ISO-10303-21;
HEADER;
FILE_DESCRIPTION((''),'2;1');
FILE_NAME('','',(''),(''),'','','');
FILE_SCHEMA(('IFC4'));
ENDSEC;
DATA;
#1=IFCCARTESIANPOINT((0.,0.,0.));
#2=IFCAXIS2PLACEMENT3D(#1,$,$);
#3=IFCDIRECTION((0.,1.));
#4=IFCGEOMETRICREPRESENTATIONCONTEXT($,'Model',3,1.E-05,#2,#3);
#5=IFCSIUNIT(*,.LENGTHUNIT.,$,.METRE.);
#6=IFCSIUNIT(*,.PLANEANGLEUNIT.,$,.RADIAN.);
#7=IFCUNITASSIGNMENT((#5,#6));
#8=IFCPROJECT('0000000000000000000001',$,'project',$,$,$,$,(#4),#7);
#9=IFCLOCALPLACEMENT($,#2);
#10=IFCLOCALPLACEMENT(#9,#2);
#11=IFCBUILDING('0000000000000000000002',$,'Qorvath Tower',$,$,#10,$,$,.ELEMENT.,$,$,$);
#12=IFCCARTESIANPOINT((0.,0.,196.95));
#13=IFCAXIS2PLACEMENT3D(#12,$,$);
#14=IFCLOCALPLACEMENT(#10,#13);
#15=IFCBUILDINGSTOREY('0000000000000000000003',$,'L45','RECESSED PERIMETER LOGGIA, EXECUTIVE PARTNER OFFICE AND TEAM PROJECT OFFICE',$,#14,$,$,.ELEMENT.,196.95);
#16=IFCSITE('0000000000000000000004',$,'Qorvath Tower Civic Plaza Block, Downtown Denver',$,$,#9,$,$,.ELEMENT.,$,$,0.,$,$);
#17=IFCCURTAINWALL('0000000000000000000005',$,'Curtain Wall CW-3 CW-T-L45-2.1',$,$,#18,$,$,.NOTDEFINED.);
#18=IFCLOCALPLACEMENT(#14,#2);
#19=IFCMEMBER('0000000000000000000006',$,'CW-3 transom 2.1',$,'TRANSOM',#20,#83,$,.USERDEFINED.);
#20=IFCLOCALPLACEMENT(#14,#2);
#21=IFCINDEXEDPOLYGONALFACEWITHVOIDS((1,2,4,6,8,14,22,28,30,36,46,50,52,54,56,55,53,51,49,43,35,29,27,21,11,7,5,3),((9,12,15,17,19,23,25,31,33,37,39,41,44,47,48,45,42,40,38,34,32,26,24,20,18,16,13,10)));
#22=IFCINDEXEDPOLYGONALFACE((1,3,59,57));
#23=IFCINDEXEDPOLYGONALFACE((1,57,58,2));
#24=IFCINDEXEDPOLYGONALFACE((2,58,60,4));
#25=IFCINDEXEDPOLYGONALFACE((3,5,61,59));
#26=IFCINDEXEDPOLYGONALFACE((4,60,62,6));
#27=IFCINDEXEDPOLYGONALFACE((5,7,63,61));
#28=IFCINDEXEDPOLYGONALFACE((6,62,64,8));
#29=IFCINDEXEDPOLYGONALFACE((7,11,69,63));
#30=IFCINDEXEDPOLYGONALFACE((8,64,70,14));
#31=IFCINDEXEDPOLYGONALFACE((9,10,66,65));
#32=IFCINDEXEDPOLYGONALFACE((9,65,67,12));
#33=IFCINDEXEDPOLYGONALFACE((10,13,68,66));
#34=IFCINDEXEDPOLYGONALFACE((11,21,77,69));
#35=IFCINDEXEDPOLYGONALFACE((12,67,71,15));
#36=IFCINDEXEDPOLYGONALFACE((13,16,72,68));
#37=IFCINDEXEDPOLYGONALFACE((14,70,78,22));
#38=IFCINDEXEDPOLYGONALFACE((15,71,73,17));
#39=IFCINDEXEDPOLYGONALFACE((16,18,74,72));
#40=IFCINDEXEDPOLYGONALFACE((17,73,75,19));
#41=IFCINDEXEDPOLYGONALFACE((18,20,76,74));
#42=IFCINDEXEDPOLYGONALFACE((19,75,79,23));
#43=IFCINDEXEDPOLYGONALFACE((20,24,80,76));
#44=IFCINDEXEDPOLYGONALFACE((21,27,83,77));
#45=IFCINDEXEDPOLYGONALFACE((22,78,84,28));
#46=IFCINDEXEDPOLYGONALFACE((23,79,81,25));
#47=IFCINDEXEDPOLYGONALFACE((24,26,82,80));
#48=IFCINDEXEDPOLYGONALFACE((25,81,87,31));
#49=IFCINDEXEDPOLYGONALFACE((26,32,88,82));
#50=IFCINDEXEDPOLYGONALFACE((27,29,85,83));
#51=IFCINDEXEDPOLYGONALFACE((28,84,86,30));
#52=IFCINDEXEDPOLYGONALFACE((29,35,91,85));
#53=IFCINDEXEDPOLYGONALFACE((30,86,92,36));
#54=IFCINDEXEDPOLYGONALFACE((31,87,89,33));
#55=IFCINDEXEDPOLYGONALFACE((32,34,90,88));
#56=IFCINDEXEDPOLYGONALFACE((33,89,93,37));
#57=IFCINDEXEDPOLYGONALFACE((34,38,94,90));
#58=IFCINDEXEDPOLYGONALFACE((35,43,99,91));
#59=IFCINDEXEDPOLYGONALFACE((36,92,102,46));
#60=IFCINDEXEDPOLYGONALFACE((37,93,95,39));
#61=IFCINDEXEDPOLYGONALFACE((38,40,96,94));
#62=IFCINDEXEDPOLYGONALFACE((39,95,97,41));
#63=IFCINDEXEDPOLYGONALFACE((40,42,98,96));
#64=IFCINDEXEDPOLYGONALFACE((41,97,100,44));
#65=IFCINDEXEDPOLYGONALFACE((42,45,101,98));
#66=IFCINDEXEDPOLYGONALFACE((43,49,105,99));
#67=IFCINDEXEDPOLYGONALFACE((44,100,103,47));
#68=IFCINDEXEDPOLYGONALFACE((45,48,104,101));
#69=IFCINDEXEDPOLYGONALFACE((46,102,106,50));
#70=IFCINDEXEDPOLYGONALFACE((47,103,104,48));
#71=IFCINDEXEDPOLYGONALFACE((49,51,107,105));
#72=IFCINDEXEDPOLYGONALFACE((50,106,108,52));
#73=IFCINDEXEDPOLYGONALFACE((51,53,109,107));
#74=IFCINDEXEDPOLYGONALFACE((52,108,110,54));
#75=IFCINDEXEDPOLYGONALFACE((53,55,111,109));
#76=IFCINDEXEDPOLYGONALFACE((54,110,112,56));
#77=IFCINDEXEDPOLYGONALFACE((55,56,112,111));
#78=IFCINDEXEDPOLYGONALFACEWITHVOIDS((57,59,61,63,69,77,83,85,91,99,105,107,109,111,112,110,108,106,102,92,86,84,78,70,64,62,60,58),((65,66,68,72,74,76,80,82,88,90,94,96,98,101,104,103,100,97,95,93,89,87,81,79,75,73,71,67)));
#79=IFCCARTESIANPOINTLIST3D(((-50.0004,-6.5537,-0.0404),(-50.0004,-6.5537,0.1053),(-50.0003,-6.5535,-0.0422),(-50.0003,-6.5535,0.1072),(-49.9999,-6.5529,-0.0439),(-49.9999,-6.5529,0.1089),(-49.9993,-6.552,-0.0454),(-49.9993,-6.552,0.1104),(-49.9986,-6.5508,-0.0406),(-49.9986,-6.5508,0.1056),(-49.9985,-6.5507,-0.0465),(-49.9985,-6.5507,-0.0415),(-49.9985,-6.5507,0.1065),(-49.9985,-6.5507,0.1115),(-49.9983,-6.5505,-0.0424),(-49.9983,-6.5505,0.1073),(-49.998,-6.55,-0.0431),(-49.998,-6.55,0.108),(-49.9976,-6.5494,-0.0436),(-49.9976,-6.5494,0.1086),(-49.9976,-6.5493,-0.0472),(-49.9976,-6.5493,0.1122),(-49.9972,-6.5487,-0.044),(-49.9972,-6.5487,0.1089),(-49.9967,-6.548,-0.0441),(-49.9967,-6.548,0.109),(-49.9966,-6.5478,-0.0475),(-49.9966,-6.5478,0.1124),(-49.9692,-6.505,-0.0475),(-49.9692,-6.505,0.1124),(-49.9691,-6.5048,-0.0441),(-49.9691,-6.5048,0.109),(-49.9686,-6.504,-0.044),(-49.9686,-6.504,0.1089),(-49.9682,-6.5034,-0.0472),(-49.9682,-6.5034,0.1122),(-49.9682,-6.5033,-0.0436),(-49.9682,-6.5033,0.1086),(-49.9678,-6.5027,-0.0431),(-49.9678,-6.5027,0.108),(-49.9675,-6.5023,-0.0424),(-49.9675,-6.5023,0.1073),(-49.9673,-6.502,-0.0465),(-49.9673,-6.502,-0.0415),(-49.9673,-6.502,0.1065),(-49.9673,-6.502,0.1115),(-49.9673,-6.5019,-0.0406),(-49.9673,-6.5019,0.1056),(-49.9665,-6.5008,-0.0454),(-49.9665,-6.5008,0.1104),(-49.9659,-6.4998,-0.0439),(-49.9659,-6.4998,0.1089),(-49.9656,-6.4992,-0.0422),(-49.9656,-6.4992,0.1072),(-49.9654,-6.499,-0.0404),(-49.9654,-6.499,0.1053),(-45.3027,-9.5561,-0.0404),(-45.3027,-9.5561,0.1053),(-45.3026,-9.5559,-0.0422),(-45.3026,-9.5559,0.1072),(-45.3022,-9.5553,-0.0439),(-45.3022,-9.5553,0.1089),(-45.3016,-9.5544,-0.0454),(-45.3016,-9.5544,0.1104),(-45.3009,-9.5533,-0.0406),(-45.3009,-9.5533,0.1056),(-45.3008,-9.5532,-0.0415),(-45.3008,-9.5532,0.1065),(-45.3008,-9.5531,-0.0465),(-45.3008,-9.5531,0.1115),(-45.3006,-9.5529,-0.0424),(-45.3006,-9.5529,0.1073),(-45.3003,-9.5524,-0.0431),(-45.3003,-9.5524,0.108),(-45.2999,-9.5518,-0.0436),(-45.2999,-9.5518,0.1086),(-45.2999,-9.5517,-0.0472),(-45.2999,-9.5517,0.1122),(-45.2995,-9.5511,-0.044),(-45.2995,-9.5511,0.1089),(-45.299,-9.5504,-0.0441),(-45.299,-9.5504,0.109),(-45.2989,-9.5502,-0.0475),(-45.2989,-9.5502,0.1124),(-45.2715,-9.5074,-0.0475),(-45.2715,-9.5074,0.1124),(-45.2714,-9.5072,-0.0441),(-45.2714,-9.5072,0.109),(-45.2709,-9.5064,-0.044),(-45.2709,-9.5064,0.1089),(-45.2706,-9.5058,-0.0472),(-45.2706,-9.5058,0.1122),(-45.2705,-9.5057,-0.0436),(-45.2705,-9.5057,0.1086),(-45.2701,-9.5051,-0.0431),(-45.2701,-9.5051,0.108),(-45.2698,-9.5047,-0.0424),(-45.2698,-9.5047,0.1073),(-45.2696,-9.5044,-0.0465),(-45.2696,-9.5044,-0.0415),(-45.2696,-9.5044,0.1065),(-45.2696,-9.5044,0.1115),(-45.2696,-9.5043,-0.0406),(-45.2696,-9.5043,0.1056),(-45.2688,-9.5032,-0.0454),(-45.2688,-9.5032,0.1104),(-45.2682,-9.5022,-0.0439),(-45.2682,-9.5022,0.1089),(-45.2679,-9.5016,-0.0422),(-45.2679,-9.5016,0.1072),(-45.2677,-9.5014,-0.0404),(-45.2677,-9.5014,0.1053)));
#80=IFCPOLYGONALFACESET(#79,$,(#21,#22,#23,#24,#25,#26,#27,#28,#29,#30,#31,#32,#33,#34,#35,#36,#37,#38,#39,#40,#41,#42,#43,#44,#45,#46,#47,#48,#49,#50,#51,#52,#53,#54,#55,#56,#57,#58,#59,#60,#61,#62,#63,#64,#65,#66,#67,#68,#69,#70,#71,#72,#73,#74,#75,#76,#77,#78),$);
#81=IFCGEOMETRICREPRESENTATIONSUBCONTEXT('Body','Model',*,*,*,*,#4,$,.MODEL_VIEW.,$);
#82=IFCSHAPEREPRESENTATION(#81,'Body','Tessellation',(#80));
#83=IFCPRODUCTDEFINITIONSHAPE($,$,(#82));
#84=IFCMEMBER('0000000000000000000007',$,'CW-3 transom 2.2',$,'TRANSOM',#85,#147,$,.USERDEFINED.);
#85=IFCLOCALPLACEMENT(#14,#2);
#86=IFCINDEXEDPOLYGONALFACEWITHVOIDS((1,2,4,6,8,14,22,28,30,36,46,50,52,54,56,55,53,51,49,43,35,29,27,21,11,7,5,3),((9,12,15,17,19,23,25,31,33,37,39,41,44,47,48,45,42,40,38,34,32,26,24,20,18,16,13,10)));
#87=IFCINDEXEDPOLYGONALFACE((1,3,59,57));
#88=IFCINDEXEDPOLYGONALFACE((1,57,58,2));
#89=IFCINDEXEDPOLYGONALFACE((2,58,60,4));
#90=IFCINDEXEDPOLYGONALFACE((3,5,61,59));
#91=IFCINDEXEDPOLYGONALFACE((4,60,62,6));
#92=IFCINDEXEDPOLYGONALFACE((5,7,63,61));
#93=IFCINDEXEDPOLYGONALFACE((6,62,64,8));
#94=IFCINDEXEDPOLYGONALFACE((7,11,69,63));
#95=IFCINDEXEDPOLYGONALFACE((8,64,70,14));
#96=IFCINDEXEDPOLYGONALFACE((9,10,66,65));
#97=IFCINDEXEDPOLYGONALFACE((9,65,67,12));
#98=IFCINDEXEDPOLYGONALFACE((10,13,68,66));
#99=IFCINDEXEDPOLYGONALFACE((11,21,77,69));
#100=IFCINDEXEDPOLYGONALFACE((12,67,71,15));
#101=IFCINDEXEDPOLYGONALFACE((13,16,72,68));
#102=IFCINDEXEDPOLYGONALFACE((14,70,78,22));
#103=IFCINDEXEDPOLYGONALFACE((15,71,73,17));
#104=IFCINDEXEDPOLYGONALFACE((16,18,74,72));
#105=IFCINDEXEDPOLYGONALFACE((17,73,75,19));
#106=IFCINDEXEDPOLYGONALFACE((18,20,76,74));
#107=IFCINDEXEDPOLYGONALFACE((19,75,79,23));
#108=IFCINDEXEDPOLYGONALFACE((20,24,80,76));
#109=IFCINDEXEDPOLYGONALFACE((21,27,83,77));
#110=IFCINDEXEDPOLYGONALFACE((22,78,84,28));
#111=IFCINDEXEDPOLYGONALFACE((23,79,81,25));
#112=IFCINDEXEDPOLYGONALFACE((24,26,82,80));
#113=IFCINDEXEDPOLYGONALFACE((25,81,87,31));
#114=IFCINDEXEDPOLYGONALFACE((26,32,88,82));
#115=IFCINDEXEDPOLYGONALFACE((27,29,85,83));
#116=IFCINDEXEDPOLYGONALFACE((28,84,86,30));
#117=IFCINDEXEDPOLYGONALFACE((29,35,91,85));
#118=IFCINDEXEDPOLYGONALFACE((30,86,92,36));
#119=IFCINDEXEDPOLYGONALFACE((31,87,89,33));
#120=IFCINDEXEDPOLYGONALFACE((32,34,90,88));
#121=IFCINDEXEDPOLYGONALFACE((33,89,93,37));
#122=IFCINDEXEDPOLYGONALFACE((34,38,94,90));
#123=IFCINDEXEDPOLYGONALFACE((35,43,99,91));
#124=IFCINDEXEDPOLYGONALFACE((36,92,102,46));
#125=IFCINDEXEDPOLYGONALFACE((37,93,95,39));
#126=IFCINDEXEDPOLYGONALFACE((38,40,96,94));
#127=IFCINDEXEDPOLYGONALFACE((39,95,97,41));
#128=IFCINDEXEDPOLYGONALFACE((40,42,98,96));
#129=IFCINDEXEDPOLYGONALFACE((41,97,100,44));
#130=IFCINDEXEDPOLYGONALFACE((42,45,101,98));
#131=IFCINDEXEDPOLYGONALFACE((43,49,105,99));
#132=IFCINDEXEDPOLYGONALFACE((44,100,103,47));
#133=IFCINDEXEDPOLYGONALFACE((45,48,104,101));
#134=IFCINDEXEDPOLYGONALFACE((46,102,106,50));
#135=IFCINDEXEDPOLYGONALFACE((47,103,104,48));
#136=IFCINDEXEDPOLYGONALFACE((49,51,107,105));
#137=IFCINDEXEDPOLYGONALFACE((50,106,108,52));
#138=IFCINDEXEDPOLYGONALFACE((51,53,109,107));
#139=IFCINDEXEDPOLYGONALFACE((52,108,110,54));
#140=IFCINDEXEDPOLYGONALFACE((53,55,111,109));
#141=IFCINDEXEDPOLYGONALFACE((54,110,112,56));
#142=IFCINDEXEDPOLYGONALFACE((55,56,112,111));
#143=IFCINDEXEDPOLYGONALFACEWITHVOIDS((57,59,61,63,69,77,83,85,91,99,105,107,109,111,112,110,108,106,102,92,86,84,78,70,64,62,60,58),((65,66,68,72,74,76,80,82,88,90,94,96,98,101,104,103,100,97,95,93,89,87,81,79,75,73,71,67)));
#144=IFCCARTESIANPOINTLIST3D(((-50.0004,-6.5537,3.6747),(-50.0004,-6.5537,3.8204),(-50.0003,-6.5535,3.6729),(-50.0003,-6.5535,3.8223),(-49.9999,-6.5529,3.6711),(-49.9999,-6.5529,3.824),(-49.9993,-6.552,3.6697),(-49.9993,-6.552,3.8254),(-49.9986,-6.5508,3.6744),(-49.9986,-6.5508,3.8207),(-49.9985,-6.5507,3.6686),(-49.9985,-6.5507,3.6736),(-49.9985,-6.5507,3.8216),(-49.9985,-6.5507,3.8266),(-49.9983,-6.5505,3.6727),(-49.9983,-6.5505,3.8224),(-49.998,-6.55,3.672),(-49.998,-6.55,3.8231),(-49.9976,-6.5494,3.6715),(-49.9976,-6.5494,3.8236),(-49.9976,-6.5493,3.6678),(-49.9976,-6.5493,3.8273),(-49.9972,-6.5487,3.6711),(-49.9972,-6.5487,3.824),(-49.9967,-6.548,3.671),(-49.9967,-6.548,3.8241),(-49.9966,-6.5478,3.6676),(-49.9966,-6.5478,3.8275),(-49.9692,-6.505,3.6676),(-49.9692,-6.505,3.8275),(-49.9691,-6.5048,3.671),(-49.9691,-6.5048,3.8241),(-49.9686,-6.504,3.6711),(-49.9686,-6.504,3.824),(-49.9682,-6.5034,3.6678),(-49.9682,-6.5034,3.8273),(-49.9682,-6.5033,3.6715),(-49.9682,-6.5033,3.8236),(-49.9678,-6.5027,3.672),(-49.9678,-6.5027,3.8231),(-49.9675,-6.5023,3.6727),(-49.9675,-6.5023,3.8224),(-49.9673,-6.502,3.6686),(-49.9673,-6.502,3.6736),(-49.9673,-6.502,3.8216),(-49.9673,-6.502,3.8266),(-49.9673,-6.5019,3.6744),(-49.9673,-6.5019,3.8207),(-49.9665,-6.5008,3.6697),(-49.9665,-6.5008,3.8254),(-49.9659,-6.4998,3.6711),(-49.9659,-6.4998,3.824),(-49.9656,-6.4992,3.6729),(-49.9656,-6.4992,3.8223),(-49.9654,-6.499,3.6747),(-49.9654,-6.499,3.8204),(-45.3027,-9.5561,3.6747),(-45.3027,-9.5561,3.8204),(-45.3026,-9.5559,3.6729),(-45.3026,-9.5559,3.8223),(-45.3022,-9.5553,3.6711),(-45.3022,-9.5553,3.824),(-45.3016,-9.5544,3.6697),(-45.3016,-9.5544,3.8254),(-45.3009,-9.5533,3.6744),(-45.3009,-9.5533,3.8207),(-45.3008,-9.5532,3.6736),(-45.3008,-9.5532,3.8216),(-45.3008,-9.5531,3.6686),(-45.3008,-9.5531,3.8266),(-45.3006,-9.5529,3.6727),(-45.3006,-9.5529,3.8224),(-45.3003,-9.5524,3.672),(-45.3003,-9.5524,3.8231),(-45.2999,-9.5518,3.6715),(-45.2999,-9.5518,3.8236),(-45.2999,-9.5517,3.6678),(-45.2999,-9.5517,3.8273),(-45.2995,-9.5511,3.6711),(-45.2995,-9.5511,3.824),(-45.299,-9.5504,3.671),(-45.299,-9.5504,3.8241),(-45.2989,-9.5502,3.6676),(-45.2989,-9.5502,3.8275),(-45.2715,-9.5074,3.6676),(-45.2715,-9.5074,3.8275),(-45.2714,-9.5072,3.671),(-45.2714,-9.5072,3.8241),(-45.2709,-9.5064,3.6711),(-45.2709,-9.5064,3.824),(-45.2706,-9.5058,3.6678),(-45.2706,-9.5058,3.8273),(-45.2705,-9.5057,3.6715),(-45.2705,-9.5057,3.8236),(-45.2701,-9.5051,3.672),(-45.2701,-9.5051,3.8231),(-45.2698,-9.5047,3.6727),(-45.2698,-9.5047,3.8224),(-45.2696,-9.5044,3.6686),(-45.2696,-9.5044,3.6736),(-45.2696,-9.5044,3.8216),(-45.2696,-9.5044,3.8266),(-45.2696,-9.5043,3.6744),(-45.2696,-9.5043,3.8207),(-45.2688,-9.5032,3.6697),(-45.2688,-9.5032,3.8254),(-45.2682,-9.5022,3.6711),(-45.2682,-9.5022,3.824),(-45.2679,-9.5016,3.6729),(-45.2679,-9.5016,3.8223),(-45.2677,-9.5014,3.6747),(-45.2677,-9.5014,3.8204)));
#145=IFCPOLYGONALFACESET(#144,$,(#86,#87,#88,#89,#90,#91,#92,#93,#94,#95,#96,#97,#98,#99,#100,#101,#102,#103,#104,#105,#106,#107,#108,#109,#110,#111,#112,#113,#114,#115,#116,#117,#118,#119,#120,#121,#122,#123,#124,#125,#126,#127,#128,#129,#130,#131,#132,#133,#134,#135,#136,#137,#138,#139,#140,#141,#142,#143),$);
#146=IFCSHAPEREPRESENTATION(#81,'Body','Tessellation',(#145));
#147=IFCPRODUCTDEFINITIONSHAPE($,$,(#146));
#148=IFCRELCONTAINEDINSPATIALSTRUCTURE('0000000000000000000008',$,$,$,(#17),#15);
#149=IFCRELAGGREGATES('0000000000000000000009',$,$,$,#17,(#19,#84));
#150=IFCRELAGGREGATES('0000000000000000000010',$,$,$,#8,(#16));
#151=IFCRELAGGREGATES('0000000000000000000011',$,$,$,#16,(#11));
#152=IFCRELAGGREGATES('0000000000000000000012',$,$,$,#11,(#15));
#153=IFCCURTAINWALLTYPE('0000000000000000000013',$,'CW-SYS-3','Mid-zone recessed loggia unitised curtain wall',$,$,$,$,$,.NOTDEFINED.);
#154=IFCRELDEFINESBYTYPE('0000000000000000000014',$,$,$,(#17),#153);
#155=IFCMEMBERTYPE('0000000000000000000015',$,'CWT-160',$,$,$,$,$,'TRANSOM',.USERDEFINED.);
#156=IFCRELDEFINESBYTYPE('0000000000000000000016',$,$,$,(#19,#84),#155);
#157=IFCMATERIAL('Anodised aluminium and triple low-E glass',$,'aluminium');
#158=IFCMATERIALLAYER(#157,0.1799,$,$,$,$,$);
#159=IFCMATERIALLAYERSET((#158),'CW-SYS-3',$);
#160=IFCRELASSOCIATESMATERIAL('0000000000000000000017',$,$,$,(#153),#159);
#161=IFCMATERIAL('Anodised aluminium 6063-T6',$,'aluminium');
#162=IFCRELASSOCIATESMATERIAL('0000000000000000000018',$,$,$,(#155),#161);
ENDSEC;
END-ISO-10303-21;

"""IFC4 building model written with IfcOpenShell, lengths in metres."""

from ifc_helpers import new_model, si_unit, direction, frame, origin, origin_2d, place, context, subcontext, project, spatial, hollow_rectangle, extrude, material, layer, layer_set, material_profile, profile_set, type_object, element, aggregate, save


model = new_model("IFC4")

# Units and contexts
model_context = context("Model", 3, precision=1e-05, world=origin(), true_north=direction((0.0, 1.0)))
body_context = subcontext(model_context, "Body", "Model", "MODEL_VIEW")
ifc_project = project(units=[si_unit("LENGTHUNIT", "METRE"), si_unit("PLANEANGLEUNIT", "RADIAN")], contexts=[model_context])

# Site, building, storey
site_placement = place(None, origin())
site = spatial("IfcSite", under=ifc_project, at=site_placement, Name="Qorvath Tower Civic Plaza Block, Downtown Denver", CompositionType="ELEMENT", RefElevation=0.0)
building_placement = place(site_placement, origin())
building = spatial("IfcBuilding", under=site, at=building_placement, Name="Qorvath Tower", CompositionType="ELEMENT")
storey_placement = place(building_placement, frame((0.0, 0.0, 196.95)))
storey = spatial("IfcBuildingStorey", under=building, at=storey_placement, Name="L45", Description="RECESSED PERIMETER LOGGIA, EXECUTIVE PARTNER OFFICE AND TEAM PROJECT OFFICE", CompositionType="ELEMENT", Elevation=196.95)

# Curtain wall, members
ifc_material_1 = material(Name="Anodised aluminium and triple low-E glass", Category="aluminium")
ifc_layer_1 = layer(ifc_material_1, 0.1799)
ifc_layer_set_1 = layer_set([ifc_layer_1], Name="CW-SYS-3")
curtain_wall_type = type_object("IfcCurtainWallType", Name="CW-SYS-3", Description="Mid-zone recessed loggia unitised curtain wall", PredefinedType="NOTDEFINED", material=ifc_layer_set_1)
curtain_wall_placement = place(storey_placement, origin())
curtain_wall = element("IfcCurtainWall", 1, at=curtain_wall_placement, inside=storey, type_object=curtain_wall_type, Name="Curtain Wall CW-3 CW-T-L45-2.1", PredefinedType="NOTDEFINED")
ifc_material_2 = material(Name="Anodised aluminium 6063-T6", Category="aluminium")
ifc_material_profile_1 = material_profile(ifc_material_2, hollow_rectangle(XDim=0.0649, YDim=0.1599, WallThickness=0.0034, InnerFilletRadius=0.0034, OuterFilletRadius=0.0071, at=origin_2d()), Name="CWT 160x65")
ifc_profile_set_1 = profile_set([ifc_material_profile_1], Name="Anodised aluminium 6063-T6")
member_type_1 = type_object("IfcMemberType", Name="CWT-160", ElementType="TRANSOM", PredefinedType="USERDEFINED", material=ifc_profile_set_1)
member_1_placement = place(storey_placement, frame((-49.9829, -6.5264, 0.0325), z_axis=(0.842607, -0.538529, 0.0), x_axis=(0.538529, 0.842607, 0.0)))
member_1 = element("IfcMember", 2, at=member_1_placement, type_object=member_type_1, Name="CW-3 transom 2.1", ObjectType="TRANSOM", PredefinedType="USERDEFINED", context=body_context, shape_type="SweptSolid", body=[
    extrude(hollow_rectangle(XDim=0.0649, YDim=0.1599, WallThickness=0.0034, InnerFilletRadius=0.0034, OuterFilletRadius=0.0071, at=origin_2d()), origin(), (0.0, 0.0, 1.0), 5.5752),
])
member_2_placement = place(storey_placement, frame((-49.9829, -6.5264, 3.7476), z_axis=(0.842607, -0.538529, 0.0), x_axis=(0.538529, 0.842607, 0.0)))
member_2 = element("IfcMember", 3, at=member_2_placement, type_object=member_type_1, Name="CW-3 transom 2.2", ObjectType="TRANSOM", PredefinedType="USERDEFINED", context=body_context, shape_type="SweptSolid", body=[
    extrude(hollow_rectangle(XDim=0.0649, YDim=0.1599, WallThickness=0.0034, InnerFilletRadius=0.0034, OuterFilletRadius=0.0071, at=origin_2d()), origin(), (0.0, 0.0, 1.0), 5.5752),
])
aggregate(curtain_wall, [member_1, member_2])

save(model, "model.ifc")
